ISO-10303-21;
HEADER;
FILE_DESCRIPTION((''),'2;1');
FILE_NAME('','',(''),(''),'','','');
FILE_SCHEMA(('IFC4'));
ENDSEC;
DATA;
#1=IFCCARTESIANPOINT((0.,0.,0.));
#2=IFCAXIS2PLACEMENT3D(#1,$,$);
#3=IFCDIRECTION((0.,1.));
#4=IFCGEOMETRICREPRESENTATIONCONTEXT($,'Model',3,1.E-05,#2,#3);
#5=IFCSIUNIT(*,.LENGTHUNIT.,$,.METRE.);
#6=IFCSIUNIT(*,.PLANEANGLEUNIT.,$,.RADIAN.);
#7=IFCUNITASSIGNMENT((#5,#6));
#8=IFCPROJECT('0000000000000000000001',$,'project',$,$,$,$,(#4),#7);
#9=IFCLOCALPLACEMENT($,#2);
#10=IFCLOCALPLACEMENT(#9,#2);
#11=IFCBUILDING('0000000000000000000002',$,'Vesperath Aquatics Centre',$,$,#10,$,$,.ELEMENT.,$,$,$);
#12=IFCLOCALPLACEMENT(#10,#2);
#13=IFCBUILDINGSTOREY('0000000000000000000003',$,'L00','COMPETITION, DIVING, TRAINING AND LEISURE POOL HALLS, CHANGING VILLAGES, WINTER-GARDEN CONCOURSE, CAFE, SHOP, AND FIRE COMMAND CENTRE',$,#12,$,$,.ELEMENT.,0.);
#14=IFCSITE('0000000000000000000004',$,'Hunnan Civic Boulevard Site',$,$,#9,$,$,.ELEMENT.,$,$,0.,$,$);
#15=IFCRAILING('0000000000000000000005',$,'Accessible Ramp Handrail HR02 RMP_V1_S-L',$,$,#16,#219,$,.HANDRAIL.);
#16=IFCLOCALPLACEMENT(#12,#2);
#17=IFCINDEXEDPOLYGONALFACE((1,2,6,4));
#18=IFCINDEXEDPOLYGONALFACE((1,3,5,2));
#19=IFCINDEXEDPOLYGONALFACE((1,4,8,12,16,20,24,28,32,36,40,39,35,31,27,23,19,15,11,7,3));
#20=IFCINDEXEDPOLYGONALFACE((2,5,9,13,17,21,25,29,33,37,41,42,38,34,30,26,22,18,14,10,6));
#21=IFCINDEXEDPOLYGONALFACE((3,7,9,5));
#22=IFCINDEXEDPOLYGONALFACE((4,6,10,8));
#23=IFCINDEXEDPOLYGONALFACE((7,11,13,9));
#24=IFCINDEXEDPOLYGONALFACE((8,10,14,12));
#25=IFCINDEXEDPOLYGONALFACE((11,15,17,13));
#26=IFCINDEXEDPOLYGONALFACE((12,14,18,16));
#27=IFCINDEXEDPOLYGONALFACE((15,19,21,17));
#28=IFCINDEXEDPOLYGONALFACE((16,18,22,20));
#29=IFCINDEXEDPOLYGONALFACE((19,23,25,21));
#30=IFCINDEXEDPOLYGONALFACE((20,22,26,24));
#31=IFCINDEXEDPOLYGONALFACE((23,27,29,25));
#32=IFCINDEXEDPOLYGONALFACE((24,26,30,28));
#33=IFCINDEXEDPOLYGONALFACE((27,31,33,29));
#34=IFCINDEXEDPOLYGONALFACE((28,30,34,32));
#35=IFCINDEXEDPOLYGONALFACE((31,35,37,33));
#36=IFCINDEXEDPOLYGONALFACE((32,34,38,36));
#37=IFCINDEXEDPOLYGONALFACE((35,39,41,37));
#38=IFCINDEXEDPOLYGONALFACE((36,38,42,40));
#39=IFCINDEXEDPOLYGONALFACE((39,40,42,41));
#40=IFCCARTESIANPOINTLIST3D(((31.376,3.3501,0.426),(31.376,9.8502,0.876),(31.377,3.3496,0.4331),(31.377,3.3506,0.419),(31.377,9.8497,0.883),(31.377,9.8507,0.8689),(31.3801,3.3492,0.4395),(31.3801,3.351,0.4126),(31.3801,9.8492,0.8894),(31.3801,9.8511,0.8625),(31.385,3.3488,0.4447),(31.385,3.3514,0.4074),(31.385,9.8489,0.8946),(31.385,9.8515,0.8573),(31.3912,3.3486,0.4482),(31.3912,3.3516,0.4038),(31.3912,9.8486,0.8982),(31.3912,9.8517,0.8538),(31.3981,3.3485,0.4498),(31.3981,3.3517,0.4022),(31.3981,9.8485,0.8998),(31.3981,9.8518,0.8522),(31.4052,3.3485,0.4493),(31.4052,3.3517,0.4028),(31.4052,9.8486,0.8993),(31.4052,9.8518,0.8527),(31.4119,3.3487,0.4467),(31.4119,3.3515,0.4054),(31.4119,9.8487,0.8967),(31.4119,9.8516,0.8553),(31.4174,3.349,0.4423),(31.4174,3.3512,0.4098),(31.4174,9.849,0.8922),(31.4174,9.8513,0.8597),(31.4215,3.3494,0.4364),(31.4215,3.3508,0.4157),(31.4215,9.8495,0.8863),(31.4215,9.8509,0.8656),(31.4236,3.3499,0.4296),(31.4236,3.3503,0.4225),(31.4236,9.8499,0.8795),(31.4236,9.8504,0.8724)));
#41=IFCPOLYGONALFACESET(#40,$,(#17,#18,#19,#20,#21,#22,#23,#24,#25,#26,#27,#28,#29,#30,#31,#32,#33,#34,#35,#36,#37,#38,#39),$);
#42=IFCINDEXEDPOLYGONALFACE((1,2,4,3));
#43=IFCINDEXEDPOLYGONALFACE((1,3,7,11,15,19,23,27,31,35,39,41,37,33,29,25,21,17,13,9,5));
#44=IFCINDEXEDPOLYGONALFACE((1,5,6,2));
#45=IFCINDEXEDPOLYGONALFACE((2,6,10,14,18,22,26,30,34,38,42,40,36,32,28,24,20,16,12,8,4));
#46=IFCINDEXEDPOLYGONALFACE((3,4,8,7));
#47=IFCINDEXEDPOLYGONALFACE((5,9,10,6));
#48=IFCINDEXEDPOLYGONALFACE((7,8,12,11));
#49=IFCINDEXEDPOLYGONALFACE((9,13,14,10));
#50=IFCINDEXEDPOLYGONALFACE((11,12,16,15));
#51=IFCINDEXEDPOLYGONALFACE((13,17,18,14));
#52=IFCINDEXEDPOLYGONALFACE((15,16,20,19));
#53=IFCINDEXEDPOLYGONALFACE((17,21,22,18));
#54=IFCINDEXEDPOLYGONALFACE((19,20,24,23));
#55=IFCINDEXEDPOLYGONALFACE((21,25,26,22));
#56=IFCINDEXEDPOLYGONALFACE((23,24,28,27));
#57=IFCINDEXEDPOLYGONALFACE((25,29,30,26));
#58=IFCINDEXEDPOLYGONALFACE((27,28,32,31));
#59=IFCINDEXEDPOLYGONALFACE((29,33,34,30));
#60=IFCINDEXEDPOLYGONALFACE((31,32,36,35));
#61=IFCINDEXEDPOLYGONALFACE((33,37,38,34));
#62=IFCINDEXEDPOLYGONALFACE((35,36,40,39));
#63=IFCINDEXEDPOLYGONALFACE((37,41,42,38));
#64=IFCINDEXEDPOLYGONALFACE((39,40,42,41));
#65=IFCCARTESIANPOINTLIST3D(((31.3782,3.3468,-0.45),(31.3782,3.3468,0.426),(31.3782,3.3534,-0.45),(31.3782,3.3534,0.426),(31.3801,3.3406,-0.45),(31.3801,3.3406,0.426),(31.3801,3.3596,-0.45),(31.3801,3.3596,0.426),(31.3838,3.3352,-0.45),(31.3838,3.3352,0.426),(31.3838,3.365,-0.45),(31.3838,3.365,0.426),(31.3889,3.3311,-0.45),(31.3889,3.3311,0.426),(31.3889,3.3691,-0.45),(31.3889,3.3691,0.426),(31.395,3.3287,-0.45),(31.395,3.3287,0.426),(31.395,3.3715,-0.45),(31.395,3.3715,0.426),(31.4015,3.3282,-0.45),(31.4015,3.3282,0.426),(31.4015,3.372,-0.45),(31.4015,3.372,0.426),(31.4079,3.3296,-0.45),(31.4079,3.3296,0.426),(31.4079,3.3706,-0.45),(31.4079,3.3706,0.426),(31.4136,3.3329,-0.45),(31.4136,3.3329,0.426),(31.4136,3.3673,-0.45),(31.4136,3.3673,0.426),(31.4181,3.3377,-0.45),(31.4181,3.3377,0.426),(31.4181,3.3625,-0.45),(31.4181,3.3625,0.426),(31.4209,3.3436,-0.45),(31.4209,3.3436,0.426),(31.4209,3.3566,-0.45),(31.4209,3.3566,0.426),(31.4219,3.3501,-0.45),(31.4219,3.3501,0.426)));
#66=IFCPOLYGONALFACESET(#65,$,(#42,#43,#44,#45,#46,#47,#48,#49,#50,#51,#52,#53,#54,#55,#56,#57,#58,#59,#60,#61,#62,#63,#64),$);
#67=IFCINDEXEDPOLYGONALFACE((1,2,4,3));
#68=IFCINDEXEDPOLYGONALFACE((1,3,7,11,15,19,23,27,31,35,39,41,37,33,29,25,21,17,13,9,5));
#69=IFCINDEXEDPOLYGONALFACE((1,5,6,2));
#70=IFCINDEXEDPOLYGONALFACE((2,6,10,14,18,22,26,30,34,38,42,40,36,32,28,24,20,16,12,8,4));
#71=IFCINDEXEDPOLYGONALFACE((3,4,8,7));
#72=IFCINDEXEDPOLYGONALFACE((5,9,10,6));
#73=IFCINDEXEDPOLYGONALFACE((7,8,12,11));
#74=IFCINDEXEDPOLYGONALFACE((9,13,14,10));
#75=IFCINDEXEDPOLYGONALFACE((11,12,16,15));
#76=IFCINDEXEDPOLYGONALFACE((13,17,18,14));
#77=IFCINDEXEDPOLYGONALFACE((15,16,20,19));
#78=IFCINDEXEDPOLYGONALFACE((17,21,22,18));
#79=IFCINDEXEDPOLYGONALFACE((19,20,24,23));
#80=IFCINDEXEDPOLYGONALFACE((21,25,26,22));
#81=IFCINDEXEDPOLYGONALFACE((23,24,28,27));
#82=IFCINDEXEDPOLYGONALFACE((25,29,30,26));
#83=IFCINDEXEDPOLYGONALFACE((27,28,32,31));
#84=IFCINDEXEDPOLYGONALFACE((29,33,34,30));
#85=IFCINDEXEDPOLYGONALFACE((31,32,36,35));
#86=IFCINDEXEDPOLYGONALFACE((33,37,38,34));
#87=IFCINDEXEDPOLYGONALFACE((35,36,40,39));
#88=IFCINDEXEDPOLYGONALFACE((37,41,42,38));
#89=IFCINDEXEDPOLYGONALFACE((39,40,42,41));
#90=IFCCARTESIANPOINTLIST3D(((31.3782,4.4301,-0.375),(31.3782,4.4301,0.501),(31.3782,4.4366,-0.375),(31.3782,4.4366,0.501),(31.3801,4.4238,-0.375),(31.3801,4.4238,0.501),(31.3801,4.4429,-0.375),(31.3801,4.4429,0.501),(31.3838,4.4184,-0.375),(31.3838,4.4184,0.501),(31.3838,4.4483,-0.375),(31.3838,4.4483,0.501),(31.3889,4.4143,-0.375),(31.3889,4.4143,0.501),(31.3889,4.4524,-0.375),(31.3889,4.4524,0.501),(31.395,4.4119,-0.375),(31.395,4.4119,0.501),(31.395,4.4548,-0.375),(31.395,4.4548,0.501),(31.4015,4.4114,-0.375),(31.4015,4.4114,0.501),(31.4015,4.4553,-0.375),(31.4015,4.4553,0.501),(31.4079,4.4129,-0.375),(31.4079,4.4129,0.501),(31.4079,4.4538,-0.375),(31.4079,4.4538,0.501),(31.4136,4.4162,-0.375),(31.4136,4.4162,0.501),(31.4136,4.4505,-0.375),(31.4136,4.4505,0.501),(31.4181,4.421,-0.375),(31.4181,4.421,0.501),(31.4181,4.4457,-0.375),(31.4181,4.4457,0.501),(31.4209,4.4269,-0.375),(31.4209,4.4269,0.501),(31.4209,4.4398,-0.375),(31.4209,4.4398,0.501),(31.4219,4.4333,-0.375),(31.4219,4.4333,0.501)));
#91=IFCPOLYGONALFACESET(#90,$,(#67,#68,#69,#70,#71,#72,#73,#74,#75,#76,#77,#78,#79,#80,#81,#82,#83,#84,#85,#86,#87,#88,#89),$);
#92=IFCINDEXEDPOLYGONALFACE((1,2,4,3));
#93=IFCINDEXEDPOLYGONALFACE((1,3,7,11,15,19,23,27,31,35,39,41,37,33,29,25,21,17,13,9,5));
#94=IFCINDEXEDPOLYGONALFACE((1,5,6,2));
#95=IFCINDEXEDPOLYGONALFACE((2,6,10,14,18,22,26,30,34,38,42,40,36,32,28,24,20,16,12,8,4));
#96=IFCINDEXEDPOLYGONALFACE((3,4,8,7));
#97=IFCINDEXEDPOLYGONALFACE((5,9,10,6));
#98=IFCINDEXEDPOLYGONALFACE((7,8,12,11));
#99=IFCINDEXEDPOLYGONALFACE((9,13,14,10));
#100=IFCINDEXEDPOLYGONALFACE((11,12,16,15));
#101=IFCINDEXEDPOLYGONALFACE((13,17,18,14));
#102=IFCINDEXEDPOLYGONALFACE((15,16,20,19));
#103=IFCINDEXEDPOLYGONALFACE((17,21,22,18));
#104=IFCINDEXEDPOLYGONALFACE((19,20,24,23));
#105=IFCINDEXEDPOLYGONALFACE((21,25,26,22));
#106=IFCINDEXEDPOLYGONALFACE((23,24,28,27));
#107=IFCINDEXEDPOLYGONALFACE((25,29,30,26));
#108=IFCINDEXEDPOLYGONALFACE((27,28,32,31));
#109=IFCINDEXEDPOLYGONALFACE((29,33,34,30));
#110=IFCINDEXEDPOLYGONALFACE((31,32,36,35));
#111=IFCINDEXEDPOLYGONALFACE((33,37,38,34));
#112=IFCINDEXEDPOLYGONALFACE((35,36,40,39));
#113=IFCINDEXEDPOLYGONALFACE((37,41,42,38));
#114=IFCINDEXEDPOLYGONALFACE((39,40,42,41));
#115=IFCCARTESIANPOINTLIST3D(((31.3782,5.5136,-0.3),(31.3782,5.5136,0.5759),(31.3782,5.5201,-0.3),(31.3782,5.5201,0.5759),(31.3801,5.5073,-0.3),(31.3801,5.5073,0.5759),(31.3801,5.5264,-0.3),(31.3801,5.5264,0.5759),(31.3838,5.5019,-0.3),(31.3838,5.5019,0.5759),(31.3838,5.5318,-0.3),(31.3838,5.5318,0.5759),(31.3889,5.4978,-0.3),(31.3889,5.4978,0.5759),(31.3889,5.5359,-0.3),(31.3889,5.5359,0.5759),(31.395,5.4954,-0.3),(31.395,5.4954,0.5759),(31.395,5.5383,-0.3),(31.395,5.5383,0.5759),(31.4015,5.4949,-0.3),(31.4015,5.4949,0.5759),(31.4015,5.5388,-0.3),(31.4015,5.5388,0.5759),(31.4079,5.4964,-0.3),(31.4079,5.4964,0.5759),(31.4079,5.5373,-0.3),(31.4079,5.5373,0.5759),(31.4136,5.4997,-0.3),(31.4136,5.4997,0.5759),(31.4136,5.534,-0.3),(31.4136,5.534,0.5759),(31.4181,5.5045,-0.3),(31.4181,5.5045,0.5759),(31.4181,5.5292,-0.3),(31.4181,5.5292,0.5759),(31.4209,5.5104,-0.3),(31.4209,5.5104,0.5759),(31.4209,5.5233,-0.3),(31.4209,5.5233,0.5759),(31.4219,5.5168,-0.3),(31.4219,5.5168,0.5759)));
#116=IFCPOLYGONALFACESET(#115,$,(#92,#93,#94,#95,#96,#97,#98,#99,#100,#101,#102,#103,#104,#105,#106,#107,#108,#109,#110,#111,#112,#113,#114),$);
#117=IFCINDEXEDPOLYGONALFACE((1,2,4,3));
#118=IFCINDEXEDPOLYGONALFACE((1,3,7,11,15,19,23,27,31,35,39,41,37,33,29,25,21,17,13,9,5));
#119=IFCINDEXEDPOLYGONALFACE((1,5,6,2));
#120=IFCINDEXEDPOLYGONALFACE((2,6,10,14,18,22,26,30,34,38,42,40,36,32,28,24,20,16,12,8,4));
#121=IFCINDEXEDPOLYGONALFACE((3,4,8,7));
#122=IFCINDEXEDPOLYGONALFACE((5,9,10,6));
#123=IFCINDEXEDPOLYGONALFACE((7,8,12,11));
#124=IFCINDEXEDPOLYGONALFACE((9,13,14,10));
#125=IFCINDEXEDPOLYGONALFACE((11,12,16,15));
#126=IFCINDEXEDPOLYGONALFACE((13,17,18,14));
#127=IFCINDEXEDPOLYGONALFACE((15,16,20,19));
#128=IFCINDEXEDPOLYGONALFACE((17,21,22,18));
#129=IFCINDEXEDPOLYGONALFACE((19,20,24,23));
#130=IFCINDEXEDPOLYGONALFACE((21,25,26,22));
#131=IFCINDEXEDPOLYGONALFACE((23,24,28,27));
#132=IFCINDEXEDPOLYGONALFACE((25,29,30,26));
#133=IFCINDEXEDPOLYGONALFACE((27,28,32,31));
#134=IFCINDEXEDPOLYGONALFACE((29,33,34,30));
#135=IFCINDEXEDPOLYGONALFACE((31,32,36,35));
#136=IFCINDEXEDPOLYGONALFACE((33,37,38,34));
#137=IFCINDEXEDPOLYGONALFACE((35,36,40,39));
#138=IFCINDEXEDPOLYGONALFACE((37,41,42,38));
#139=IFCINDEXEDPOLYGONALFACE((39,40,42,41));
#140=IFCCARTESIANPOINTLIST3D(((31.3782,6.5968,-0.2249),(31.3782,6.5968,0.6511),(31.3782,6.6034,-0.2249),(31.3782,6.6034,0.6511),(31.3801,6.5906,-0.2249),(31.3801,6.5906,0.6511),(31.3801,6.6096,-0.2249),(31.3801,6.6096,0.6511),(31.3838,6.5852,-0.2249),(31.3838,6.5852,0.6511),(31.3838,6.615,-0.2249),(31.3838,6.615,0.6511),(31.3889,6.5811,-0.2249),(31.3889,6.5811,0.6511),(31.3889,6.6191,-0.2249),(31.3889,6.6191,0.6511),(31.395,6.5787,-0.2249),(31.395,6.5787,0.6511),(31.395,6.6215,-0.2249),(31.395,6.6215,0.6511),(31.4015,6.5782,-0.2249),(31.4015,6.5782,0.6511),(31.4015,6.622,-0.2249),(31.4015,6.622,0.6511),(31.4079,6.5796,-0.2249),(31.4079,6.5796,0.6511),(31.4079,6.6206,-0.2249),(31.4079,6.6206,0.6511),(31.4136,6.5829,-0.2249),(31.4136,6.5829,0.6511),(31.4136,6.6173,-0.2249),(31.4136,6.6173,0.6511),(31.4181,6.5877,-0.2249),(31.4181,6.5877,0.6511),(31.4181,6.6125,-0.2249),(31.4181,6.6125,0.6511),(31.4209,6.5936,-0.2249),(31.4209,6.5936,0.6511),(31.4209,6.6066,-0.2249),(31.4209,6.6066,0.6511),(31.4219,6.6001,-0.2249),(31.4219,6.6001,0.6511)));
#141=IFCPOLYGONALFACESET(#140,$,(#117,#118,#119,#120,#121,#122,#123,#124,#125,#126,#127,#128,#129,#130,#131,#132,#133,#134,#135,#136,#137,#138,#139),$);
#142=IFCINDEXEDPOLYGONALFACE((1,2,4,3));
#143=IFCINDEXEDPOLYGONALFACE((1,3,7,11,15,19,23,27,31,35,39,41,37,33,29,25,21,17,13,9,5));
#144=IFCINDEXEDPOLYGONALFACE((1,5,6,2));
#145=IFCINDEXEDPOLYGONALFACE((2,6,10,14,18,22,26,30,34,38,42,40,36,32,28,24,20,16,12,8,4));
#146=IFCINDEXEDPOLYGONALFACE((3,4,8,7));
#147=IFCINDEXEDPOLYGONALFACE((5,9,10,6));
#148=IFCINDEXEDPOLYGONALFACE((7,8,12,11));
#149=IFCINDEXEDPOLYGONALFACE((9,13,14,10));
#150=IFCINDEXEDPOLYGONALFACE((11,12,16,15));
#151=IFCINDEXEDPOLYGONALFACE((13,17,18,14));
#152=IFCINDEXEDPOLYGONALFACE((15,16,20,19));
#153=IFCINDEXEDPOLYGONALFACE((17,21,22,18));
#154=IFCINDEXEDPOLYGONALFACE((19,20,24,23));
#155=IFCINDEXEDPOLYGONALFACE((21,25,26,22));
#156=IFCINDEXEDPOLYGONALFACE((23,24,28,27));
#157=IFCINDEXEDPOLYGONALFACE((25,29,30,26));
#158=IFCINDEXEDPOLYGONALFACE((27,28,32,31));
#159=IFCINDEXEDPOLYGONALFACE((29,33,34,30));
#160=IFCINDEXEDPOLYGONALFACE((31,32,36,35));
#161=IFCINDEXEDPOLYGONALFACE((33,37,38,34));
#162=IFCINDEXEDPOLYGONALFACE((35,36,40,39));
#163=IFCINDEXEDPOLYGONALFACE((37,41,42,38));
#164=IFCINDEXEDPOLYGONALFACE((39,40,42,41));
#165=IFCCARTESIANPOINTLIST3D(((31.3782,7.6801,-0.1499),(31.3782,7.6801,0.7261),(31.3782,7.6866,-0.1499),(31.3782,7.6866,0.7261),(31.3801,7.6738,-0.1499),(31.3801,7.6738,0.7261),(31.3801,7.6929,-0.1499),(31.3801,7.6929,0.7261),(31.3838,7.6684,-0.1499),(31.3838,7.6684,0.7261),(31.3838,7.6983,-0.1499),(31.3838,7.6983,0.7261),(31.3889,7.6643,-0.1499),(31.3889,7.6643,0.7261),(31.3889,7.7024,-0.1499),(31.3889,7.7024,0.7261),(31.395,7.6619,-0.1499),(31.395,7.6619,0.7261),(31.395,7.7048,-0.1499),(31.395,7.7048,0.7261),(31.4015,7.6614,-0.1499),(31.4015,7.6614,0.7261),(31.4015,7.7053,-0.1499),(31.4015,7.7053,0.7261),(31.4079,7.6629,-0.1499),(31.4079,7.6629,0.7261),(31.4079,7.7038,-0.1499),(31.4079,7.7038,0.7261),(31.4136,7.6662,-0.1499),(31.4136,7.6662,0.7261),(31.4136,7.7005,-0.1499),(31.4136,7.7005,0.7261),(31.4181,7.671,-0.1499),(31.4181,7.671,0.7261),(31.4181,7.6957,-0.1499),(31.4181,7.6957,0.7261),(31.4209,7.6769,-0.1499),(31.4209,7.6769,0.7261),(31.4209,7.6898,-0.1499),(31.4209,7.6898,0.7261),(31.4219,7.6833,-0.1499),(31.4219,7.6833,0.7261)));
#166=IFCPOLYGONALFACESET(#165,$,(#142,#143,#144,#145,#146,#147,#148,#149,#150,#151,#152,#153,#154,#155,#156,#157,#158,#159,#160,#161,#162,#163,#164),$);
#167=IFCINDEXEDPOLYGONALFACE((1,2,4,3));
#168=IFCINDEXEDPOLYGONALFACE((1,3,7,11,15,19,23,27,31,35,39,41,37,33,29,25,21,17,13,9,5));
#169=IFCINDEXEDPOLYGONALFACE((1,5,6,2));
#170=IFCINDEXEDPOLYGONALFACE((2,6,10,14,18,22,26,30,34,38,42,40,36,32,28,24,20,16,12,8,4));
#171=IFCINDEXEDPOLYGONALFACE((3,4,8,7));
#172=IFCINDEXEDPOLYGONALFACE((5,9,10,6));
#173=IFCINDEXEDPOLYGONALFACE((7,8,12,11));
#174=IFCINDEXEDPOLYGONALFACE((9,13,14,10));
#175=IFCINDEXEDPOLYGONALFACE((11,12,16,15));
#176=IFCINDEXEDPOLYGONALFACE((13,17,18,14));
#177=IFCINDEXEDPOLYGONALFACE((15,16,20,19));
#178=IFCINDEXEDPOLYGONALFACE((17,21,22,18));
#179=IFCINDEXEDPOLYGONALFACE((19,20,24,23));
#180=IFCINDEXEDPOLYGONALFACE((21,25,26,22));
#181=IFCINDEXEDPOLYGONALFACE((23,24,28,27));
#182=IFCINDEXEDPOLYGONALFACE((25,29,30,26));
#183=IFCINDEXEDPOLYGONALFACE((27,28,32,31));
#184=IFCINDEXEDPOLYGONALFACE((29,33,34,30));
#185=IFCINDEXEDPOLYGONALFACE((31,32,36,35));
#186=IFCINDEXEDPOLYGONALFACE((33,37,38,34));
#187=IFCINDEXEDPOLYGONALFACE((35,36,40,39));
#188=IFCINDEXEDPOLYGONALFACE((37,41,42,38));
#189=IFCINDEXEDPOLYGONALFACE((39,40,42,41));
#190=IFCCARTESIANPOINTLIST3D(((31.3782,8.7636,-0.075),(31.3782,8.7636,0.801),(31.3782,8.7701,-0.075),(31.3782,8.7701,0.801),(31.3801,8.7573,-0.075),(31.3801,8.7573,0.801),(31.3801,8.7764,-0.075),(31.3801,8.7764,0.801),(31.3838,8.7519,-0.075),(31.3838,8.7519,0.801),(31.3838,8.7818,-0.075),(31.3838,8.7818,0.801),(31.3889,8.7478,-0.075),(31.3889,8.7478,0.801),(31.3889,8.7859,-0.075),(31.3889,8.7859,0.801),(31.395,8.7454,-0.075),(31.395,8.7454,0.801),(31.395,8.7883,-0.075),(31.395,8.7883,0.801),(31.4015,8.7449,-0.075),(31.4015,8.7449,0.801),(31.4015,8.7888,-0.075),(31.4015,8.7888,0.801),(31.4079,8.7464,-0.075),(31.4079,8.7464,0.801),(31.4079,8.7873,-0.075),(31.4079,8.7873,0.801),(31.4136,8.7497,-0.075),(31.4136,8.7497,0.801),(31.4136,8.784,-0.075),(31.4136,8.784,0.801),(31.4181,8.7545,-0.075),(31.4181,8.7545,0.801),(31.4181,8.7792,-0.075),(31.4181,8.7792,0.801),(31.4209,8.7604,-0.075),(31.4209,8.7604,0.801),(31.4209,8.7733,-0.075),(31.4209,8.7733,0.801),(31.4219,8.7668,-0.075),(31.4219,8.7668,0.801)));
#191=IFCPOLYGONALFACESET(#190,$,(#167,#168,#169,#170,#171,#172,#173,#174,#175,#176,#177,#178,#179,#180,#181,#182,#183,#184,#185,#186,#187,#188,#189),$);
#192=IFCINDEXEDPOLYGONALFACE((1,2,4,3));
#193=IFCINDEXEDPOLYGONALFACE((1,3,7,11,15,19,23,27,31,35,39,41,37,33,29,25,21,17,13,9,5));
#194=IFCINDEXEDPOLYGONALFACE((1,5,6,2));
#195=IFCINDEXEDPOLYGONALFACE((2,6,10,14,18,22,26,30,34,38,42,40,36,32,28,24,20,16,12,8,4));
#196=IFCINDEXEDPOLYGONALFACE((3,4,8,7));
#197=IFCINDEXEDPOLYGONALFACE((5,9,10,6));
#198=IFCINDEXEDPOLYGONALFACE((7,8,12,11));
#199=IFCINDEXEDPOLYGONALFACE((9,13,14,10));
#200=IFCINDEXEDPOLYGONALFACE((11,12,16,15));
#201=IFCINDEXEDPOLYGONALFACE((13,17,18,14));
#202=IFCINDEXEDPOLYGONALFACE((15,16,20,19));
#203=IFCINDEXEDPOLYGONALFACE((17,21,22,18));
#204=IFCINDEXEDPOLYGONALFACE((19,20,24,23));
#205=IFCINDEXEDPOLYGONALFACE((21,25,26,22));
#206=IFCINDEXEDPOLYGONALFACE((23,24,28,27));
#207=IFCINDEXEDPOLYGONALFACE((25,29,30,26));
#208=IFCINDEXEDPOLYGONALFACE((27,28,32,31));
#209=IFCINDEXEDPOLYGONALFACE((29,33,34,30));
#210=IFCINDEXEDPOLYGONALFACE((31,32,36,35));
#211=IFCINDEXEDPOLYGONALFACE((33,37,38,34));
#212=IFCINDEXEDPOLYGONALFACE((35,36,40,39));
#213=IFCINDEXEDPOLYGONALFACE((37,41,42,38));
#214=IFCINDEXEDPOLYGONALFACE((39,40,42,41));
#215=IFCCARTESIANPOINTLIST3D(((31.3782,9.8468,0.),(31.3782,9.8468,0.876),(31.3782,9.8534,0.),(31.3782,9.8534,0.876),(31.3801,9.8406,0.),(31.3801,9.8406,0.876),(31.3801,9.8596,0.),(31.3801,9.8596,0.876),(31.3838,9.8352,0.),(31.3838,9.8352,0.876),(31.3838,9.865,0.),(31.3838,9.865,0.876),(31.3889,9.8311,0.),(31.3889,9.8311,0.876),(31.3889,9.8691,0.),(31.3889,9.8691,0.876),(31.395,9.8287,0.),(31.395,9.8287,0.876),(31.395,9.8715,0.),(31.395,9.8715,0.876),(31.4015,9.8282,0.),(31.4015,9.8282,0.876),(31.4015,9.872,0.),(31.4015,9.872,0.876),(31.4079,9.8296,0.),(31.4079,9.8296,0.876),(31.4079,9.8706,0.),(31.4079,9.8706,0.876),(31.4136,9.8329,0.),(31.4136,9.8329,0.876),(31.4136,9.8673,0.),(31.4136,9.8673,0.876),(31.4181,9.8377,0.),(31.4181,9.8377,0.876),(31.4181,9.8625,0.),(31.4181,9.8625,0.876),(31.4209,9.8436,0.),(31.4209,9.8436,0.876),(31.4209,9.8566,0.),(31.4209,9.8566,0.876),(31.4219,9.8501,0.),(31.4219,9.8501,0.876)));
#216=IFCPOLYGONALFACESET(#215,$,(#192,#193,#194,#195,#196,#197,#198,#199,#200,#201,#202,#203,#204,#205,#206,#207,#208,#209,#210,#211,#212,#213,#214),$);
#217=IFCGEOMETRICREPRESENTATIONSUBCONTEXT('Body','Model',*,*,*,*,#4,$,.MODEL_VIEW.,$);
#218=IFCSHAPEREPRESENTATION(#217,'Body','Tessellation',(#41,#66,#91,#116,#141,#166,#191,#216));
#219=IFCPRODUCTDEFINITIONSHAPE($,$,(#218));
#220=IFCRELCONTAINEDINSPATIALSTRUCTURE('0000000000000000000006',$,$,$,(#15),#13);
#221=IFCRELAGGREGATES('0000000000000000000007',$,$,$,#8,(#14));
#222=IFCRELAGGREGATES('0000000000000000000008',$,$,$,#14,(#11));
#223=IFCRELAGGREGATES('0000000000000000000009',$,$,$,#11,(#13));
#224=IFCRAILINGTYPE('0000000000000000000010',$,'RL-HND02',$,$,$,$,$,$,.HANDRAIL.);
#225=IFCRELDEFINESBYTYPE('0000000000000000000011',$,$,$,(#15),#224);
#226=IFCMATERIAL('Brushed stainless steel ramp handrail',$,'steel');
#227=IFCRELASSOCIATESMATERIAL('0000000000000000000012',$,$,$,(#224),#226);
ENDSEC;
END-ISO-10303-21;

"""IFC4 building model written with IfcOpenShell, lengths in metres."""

from ifc_helpers import new_model, si_unit, direction, frame, origin, origin_2d, place, context, subcontext, project, spatial, circle, extrude, material, type_object, element, save


model = new_model("IFC4")

# Units and contexts
model_context = context("Model", 3, precision=1e-05, world=origin(), true_north=direction((0.0, 1.0)))
body_context = subcontext(model_context, "Body", "Model", "MODEL_VIEW")
ifc_project = project(units=[si_unit("LENGTHUNIT", "METRE"), si_unit("PLANEANGLEUNIT", "RADIAN")], contexts=[model_context])

# Site, building, storey
site_placement = place(None, origin())
site = spatial("IfcSite", under=ifc_project, at=site_placement, Name="Hunnan Civic Boulevard Site", CompositionType="ELEMENT", RefElevation=0.0)
building_placement = place(site_placement, origin())
building = spatial("IfcBuilding", under=site, at=building_placement, Name="Vesperath Aquatics Centre", CompositionType="ELEMENT")
storey_placement = place(building_placement, origin())
storey = spatial("IfcBuildingStorey", under=building, at=storey_placement, Name="L00", Description="COMPETITION, DIVING, TRAINING AND LEISURE POOL HALLS, CHANGING VILLAGES, WINTER-GARDEN CONCOURSE, CAFE, SHOP, AND FIRE COMMAND CENTRE", CompositionType="ELEMENT", Elevation=0.0)

# Railing
ifc_material_1 = material(Name="Brushed stainless steel ramp handrail", Category="steel")
railing_type = type_object("IfcRailingType", Name="RL-HND02", PredefinedType="HANDRAIL", material=ifc_material_1)
for number, where, name in (
    (1, (31.3999, 3.3501, -0.45), "Accessible Ramp Handrail HR02 RMP_V1_S-L"),
):
    element("IfcRailing", number, at=place(storey_placement, frame(where)), inside=storey, type_object=railing_type, Name=name, PredefinedType="HANDRAIL", context=body_context, shape_type="SweptSolid", body=[
        extrude(circle(Radius=0.0239, at=origin_2d()), frame((0.0, 0.0, 0.876), z_axis=(0.0, 0.997613, 0.069058), x_axis=(-1.0, 0.0, 0.0)), (0.0, 0.0, 1.0), 6.5156),
        extrude(circle(Radius=0.022, at=origin_2d()), origin(), (0.0, 0.0, 1.0), 0.876),
        extrude(circle(Radius=0.022, at=origin_2d()), frame((0.0, 1.0833, 0.075)), (0.0, 0.0, 1.0), 0.876),
        extrude(circle(Radius=0.022, at=origin_2d()), frame((0.0, 2.1667, 0.1499)), (0.0, 0.0, 1.0), 0.876),
        extrude(circle(Radius=0.022, at=origin_2d()), frame((0.0, 3.25, 0.2251)), (0.0, 0.0, 1.0), 0.876),
        extrude(circle(Radius=0.022, at=origin_2d()), frame((0.0, 4.3333, 0.3)), (0.0, 0.0, 1.0), 0.876),
        extrude(circle(Radius=0.022, at=origin_2d()), frame((0.0, 5.4167, 0.375)), (0.0, 0.0, 1.0), 0.876),
        extrude(circle(Radius=0.022, at=origin_2d()), frame((0.0, 6.5, 0.45)), (0.0, 0.0, 1.0), 0.876),
    ])

save(model, "model.ifc")
